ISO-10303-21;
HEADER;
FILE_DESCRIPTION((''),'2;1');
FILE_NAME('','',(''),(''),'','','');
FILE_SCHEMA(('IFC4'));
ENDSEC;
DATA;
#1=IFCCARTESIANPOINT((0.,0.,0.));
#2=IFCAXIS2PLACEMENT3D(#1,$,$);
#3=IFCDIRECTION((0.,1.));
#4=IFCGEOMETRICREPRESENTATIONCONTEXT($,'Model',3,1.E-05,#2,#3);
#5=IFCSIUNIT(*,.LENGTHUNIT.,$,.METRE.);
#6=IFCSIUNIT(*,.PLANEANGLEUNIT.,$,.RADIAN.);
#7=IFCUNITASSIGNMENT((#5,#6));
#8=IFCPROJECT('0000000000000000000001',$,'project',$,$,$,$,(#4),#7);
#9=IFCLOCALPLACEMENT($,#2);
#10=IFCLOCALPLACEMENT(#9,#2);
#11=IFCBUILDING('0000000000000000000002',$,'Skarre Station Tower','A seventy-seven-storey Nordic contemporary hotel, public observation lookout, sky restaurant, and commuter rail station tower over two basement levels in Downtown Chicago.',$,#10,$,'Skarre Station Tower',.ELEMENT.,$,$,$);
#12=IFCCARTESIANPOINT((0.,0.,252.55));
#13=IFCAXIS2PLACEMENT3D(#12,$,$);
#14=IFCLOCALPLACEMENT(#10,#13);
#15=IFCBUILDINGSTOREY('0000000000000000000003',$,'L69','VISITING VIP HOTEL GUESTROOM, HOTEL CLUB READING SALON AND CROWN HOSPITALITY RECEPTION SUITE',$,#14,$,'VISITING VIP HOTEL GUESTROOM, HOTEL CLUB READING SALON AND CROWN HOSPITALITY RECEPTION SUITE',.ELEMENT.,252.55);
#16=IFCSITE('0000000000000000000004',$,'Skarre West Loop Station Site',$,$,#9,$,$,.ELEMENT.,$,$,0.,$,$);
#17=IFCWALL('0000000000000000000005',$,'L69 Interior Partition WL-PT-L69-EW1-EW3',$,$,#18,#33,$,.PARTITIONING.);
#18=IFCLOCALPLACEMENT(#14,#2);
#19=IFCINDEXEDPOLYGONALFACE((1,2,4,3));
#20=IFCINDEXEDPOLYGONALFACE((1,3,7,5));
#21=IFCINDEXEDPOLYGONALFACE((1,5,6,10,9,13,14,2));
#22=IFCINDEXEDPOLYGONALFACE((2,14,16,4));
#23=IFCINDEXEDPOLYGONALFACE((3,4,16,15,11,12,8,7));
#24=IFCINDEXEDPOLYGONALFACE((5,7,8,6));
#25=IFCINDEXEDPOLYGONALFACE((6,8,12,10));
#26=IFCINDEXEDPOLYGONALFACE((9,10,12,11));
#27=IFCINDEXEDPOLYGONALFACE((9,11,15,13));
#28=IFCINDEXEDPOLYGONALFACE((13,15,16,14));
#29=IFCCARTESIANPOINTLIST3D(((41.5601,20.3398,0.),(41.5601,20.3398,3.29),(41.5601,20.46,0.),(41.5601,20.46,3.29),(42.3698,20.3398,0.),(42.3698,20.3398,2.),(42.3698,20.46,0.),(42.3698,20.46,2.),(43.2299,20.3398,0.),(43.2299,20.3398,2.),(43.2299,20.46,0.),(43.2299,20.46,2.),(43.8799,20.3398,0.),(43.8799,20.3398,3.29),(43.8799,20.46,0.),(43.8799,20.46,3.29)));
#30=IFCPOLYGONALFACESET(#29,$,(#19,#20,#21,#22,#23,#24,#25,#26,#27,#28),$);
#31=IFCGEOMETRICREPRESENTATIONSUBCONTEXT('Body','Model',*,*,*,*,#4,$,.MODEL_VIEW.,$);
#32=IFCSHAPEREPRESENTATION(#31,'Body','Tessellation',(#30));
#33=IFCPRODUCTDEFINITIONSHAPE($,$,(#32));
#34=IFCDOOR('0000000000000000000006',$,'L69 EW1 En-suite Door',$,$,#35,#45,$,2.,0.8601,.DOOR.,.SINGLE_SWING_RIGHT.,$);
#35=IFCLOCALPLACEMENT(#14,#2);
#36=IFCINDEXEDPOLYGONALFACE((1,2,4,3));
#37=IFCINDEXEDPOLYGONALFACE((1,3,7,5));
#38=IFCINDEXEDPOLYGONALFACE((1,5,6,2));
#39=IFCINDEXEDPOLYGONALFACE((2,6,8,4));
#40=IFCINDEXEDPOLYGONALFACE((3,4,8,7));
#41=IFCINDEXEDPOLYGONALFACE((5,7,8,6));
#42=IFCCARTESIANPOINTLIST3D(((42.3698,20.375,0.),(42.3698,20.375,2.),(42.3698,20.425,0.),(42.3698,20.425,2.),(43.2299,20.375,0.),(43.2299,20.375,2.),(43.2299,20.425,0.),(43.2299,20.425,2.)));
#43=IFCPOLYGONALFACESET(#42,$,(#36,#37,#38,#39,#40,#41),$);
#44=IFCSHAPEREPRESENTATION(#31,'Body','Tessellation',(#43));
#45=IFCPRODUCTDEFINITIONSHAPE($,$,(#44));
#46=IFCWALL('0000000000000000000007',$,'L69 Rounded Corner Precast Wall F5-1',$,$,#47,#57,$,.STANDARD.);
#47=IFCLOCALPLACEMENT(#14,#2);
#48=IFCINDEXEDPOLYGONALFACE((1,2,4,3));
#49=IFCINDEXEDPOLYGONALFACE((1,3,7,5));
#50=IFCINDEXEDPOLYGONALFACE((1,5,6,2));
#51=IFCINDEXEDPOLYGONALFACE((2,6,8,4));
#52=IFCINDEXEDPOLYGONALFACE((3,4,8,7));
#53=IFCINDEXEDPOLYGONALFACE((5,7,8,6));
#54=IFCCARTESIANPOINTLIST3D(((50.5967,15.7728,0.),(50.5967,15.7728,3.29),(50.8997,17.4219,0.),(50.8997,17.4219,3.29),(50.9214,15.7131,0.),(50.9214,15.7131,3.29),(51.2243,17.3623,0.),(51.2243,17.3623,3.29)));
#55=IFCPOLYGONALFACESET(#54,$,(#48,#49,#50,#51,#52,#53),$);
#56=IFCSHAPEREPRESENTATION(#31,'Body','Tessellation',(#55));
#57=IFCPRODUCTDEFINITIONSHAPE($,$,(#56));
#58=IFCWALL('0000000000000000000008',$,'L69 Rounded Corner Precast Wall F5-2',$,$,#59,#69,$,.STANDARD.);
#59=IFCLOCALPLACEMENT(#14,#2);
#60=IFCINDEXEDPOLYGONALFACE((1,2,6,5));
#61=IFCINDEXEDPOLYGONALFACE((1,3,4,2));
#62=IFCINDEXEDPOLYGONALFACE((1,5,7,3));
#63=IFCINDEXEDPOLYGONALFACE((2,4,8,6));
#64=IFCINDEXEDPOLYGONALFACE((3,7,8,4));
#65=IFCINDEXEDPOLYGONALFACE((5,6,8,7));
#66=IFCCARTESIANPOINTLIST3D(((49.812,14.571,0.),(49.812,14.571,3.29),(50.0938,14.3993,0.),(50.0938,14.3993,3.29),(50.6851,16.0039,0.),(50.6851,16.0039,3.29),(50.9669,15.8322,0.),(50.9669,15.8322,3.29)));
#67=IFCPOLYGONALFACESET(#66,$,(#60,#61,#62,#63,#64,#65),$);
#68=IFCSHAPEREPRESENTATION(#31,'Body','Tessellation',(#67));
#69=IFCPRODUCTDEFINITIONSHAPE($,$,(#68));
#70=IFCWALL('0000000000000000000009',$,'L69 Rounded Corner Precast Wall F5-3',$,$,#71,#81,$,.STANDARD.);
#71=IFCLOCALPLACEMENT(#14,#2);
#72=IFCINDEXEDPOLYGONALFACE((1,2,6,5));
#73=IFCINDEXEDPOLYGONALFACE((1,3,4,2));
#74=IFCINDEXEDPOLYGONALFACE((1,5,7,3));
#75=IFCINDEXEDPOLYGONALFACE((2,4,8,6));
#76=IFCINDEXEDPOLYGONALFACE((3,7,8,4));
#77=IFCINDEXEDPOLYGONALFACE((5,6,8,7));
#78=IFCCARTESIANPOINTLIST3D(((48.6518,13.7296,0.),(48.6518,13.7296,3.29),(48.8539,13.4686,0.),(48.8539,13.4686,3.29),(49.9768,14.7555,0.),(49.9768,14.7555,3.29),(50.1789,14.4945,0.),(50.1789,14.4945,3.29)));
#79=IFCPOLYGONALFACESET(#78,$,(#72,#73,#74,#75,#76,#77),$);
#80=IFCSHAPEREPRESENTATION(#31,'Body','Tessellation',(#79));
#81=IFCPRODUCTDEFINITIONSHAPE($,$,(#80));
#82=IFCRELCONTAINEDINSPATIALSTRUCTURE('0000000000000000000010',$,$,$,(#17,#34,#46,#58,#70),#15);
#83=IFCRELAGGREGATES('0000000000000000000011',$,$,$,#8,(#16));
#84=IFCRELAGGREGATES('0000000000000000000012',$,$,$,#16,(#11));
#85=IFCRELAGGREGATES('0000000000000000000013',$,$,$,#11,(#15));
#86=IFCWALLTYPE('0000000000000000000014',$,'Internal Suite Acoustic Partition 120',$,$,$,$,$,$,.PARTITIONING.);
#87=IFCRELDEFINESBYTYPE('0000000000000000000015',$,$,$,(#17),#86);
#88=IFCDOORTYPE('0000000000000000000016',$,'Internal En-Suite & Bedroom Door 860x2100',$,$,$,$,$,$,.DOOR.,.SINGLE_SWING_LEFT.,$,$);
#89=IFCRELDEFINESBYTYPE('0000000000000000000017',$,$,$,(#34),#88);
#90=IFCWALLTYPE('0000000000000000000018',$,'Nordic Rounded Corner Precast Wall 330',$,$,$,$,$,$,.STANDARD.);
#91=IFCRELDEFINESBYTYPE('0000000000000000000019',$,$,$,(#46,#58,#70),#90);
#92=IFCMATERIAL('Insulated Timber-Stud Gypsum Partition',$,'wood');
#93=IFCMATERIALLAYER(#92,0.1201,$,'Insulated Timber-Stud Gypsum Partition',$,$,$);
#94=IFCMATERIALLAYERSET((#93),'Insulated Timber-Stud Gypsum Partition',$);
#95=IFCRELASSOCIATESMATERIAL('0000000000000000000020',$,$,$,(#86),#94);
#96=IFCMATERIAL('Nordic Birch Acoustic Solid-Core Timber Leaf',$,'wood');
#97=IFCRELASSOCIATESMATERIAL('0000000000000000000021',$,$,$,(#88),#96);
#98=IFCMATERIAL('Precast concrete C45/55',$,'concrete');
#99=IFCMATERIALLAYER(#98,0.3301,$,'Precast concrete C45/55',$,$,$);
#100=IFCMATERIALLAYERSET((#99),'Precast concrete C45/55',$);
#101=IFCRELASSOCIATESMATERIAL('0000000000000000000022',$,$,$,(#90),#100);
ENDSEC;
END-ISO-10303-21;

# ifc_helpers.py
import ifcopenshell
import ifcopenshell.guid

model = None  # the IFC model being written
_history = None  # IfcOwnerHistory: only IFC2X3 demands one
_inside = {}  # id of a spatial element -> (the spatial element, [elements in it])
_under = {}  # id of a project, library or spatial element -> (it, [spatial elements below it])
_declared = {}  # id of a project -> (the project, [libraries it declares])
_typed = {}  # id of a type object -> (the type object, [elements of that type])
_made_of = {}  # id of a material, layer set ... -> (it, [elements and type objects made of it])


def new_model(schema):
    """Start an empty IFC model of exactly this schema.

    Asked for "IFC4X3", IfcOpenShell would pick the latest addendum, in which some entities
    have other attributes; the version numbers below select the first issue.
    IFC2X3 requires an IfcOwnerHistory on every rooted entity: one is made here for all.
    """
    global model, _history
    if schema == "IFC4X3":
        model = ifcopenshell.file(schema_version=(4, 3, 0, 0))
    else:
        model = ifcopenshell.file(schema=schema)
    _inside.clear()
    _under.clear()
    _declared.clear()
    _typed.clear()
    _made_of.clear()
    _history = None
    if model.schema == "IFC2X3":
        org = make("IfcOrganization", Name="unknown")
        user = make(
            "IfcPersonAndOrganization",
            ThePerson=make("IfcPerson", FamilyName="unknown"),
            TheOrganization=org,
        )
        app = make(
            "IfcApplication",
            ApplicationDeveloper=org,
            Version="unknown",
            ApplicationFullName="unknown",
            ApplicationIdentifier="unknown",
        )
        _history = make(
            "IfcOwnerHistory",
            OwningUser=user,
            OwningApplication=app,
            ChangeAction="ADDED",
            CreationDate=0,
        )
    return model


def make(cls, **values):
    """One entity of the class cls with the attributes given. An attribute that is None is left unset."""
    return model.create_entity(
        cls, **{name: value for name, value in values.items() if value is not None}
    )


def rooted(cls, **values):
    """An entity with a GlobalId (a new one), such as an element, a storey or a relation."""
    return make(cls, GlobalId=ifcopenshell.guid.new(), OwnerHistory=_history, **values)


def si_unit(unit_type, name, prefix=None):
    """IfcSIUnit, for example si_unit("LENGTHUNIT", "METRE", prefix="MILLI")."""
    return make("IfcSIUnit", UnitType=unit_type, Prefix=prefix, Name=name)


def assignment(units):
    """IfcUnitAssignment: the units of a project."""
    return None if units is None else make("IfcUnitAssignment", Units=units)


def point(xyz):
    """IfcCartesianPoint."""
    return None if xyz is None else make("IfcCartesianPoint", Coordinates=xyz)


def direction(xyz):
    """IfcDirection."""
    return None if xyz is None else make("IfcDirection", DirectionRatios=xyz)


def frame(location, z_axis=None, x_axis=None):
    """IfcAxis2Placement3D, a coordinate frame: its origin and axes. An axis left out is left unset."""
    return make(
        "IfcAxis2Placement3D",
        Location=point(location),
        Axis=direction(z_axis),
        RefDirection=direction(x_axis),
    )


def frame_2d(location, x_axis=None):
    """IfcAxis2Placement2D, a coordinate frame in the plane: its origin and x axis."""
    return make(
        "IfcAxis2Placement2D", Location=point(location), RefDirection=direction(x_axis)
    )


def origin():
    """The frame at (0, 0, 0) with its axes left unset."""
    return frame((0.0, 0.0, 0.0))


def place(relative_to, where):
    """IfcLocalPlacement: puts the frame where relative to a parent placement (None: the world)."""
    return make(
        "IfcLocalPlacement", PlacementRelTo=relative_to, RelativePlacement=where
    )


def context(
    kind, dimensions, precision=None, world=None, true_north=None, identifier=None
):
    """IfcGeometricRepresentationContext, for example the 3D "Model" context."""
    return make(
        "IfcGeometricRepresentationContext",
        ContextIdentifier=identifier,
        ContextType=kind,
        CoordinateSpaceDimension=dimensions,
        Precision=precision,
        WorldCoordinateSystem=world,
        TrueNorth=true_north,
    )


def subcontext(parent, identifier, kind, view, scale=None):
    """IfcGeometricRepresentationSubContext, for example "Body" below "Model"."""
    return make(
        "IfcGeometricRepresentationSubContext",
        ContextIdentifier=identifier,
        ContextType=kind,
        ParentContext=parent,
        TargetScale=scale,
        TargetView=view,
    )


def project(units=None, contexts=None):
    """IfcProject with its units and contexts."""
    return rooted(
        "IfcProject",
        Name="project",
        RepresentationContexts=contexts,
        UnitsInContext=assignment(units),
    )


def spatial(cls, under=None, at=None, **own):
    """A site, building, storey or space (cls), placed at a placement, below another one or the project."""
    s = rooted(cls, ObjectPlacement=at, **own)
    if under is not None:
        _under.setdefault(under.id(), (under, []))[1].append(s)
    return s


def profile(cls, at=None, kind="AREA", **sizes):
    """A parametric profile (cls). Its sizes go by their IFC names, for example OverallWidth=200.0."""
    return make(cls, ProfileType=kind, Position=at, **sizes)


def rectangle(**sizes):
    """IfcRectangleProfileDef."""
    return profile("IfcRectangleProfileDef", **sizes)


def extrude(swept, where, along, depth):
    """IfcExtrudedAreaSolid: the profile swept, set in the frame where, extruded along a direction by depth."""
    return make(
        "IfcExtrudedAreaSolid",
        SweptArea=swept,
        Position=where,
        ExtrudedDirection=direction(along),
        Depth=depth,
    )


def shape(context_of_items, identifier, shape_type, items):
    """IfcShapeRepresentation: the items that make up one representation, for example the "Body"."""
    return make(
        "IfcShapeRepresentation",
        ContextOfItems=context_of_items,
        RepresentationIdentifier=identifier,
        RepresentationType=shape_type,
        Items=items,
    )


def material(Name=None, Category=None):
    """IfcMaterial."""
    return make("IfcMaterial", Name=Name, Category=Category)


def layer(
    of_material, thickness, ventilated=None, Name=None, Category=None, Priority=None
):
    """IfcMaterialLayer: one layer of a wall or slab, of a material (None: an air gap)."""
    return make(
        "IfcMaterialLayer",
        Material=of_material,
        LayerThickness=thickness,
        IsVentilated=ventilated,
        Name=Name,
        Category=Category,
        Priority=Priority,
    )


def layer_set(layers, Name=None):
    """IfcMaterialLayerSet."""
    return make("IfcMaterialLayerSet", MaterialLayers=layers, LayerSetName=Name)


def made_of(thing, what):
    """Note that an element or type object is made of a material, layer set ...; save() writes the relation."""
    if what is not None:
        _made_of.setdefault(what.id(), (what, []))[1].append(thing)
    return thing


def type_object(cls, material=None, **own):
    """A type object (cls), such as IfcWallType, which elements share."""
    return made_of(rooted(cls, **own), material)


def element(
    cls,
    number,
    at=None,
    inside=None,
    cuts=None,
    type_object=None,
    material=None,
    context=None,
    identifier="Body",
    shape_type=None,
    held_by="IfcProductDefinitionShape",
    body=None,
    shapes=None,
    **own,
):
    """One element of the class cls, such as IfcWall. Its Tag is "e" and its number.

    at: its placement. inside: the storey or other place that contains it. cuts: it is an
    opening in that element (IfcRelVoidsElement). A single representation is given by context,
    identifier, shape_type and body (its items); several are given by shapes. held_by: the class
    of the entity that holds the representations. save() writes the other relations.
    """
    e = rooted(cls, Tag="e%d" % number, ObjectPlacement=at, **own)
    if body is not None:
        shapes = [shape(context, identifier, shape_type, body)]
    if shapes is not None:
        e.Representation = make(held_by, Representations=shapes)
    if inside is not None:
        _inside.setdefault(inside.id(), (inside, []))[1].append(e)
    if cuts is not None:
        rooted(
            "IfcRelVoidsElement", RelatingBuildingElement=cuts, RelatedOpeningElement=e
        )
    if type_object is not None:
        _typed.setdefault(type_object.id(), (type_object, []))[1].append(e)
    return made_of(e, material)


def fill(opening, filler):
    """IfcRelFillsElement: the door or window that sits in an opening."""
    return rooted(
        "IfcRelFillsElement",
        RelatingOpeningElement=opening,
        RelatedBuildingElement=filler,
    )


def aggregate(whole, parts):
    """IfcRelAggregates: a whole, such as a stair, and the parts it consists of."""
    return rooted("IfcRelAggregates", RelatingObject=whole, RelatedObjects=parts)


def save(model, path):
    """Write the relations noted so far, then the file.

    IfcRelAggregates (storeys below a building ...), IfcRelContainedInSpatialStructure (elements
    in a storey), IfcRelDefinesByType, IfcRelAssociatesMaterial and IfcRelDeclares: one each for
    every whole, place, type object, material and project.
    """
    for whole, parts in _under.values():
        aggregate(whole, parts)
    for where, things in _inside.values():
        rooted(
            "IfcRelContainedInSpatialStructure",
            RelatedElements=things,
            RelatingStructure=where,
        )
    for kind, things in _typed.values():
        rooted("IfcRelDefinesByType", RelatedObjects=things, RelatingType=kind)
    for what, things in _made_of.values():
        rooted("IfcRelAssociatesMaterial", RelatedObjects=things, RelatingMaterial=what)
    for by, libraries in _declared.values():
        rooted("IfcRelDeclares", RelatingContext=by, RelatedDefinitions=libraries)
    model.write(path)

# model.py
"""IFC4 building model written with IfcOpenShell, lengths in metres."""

from ifc_helpers import new_model, si_unit, direction, frame, frame_2d, origin, place, context, subcontext, project, spatial, rectangle, extrude, material, layer, layer_set, type_object, element, fill, save


model = new_model("IFC4")

# Units and contexts
model_context = context("Model", 3, precision=1e-05, world=origin(), true_north=direction((0.0, 1.0)))
body_context = subcontext(model_context, "Body", "Model", "MODEL_VIEW")
ifc_project = project(units=[si_unit("LENGTHUNIT", "METRE"), si_unit("PLANEANGLEUNIT", "RADIAN")], contexts=[model_context])

# Site, building, storey
site_placement = place(None, origin())
site = spatial("IfcSite", under=ifc_project, at=site_placement, Name="Skarre West Loop Station Site", CompositionType="ELEMENT", RefElevation=0.0)
building_placement = place(site_placement, origin())
building = spatial("IfcBuilding", under=site, at=building_placement, Name="Skarre Station Tower", Description="A seventy-seven-storey Nordic contemporary hotel, public observation lookout, sky restaurant, and commuter rail station tower over two basement levels in Downtown Chicago.", LongName="Skarre Station Tower", CompositionType="ELEMENT")
storey_placement = place(building_placement, frame((0.0, 0.0, 252.55)))
storey = spatial("IfcBuildingStorey", under=building, at=storey_placement, Name="L69", Description="VISITING VIP HOTEL GUESTROOM, HOTEL CLUB READING SALON AND CROWN HOSPITALITY RECEPTION SUITE", LongName="VISITING VIP HOTEL GUESTROOM, HOTEL CLUB READING SALON AND CROWN HOSPITALITY RECEPTION SUITE", CompositionType="ELEMENT", Elevation=252.55)

# Shared definitions
ifc_material_1 = material(Name="Insulated Timber-Stud Gypsum Partition", Category="wood")
ifc_layer_1 = layer(ifc_material_1, 0.1201, Name="Insulated Timber-Stud Gypsum Partition")
ifc_layer_set_1 = layer_set([ifc_layer_1], Name="Insulated Timber-Stud Gypsum Partition")
wall_type_1 = type_object("IfcWallType", Name="Internal Suite Acoustic Partition 120", PredefinedType="PARTITIONING", material=ifc_layer_set_1)

# Wall, opening, door
wall_1_placement = place(storey_placement, frame((43.8799, 20.3999, 0.0), z_axis=(0.0, 0.0, 1.0), x_axis=(-1.0, 0.0, 0.0)))
wall_1 = element("IfcWall", 1, at=wall_1_placement, inside=storey, type_object=wall_type_1, Name="L69 Interior Partition WL-PT-L69-EW1-EW3", PredefinedType="PARTITIONING", context=body_context, shape_type="SweptSolid", body=[
    extrude(rectangle(XDim=2.3198, YDim=0.1201, at=frame_2d((1.1599, 0.0))), origin(), (0.0, 0.0, 1.0), 3.29),
])
opening_1_placement = place(wall_1_placement, frame((0.6499, 0.0, 0.0)))
opening_1 = element("IfcOpeningElement", 2, at=opening_1_placement, cuts=wall_1, PredefinedType="OPENING", context=body_context, shape_type="SweptSolid", body=[
    extrude(rectangle(XDim=0.8601, YDim=2.0, at=frame_2d((0.4302, 1.0))), frame((0.0, 0.0701, 0.0), z_axis=(0.0, -1.0, 0.0), x_axis=(1.0, 0.0, 0.0)), (0.0, 0.0, 1.0), 0.1401),
])
ifc_material_2 = material(Name="Nordic Birch Acoustic Solid-Core Timber Leaf", Category="wood")
door_type_1 = type_object("IfcDoorType", Name="Internal En-Suite & Bedroom Door 860x2100", OperationType="SINGLE_SWING_LEFT", PredefinedType="DOOR", material=ifc_material_2)
door_1_placement = place(opening_1_placement, origin())
door_1 = element("IfcDoor", 3, at=door_1_placement, inside=storey, type_object=door_type_1, Name="L69 EW1 En-suite Door", OperationType="SINGLE_SWING_RIGHT", OverallHeight=2.0, OverallWidth=0.8601, PredefinedType="DOOR", context=body_context, shape_type="SweptSolid", body=[
    extrude(rectangle(XDim=0.8601, YDim=2.0, at=frame_2d((0.4302, 1.0))), frame((0.0, 0.0249, 0.0), z_axis=(0.0, -1.0, 0.0), x_axis=(1.0, 0.0, 0.0)), (0.0, 0.0, 1.0), 0.05),
])
fill(opening_1, door_1)

# Walls
ifc_material_3 = material(Name="Precast concrete C45/55", Category="concrete")
ifc_layer_2 = layer(ifc_material_3, 0.3301, Name="Precast concrete C45/55")
ifc_layer_set_2 = layer_set([ifc_layer_2], Name="Precast concrete C45/55")
wall_type_2 = type_object("IfcWallType", Name="Nordic Rounded Corner Precast Wall 330", PredefinedType="STANDARD", material=ifc_layer_set_2)
wall_2_placement = place(storey_placement, frame((51.062, 17.3921, 0.0), z_axis=(0.0, 0.0, 1.0), x_axis=(-0.180692, -0.98354, 0.0)))
element("IfcWall", 4, at=wall_2_placement, inside=storey, type_object=wall_type_2, Name="L69 Rounded Corner Precast Wall F5-1", PredefinedType="STANDARD", context=body_context, shape_type="SweptSolid", body=[
    extrude(rectangle(XDim=1.6768, YDim=0.3301, at=frame_2d((0.8384, 0.0))), origin(), (0.0, 0.0, 1.0), 3.29),
])
wall_3_placement = place(storey_placement, frame((50.8259, 15.918, 0.0), z_axis=(0.0, 0.0, 1.0), x_axis=(-0.520325, -0.853968, 0.0)))
element("IfcWall", 5, at=wall_3_placement, inside=storey, type_object=wall_type_2, Name="L69 Rounded Corner Precast Wall F5-2", PredefinedType="STANDARD", context=body_context, shape_type="SweptSolid", body=[
    extrude(rectangle(XDim=1.678, YDim=0.3301, at=frame_2d((0.8389, 0.0))), origin(), (0.0, 0.0, 1.0), 3.29),
])
wall_4_placement = place(storey_placement, frame((50.0779, 14.625, 0.0), z_axis=(0.0, 0.0, 1.0), x_axis=(-0.790692, -0.612214, 0.0)))
element("IfcWall", 6, at=wall_4_placement, inside=storey, type_object=wall_type_2, Name="L69 Rounded Corner Precast Wall F5-3", PredefinedType="STANDARD", context=body_context, shape_type="SweptSolid", body=[
    extrude(rectangle(XDim=1.6758, YDim=0.3301, at=frame_2d((0.8379, 0.0))), origin(), (0.0, 0.0, 1.0), 3.29),
])

save(model, "model.ifc")
